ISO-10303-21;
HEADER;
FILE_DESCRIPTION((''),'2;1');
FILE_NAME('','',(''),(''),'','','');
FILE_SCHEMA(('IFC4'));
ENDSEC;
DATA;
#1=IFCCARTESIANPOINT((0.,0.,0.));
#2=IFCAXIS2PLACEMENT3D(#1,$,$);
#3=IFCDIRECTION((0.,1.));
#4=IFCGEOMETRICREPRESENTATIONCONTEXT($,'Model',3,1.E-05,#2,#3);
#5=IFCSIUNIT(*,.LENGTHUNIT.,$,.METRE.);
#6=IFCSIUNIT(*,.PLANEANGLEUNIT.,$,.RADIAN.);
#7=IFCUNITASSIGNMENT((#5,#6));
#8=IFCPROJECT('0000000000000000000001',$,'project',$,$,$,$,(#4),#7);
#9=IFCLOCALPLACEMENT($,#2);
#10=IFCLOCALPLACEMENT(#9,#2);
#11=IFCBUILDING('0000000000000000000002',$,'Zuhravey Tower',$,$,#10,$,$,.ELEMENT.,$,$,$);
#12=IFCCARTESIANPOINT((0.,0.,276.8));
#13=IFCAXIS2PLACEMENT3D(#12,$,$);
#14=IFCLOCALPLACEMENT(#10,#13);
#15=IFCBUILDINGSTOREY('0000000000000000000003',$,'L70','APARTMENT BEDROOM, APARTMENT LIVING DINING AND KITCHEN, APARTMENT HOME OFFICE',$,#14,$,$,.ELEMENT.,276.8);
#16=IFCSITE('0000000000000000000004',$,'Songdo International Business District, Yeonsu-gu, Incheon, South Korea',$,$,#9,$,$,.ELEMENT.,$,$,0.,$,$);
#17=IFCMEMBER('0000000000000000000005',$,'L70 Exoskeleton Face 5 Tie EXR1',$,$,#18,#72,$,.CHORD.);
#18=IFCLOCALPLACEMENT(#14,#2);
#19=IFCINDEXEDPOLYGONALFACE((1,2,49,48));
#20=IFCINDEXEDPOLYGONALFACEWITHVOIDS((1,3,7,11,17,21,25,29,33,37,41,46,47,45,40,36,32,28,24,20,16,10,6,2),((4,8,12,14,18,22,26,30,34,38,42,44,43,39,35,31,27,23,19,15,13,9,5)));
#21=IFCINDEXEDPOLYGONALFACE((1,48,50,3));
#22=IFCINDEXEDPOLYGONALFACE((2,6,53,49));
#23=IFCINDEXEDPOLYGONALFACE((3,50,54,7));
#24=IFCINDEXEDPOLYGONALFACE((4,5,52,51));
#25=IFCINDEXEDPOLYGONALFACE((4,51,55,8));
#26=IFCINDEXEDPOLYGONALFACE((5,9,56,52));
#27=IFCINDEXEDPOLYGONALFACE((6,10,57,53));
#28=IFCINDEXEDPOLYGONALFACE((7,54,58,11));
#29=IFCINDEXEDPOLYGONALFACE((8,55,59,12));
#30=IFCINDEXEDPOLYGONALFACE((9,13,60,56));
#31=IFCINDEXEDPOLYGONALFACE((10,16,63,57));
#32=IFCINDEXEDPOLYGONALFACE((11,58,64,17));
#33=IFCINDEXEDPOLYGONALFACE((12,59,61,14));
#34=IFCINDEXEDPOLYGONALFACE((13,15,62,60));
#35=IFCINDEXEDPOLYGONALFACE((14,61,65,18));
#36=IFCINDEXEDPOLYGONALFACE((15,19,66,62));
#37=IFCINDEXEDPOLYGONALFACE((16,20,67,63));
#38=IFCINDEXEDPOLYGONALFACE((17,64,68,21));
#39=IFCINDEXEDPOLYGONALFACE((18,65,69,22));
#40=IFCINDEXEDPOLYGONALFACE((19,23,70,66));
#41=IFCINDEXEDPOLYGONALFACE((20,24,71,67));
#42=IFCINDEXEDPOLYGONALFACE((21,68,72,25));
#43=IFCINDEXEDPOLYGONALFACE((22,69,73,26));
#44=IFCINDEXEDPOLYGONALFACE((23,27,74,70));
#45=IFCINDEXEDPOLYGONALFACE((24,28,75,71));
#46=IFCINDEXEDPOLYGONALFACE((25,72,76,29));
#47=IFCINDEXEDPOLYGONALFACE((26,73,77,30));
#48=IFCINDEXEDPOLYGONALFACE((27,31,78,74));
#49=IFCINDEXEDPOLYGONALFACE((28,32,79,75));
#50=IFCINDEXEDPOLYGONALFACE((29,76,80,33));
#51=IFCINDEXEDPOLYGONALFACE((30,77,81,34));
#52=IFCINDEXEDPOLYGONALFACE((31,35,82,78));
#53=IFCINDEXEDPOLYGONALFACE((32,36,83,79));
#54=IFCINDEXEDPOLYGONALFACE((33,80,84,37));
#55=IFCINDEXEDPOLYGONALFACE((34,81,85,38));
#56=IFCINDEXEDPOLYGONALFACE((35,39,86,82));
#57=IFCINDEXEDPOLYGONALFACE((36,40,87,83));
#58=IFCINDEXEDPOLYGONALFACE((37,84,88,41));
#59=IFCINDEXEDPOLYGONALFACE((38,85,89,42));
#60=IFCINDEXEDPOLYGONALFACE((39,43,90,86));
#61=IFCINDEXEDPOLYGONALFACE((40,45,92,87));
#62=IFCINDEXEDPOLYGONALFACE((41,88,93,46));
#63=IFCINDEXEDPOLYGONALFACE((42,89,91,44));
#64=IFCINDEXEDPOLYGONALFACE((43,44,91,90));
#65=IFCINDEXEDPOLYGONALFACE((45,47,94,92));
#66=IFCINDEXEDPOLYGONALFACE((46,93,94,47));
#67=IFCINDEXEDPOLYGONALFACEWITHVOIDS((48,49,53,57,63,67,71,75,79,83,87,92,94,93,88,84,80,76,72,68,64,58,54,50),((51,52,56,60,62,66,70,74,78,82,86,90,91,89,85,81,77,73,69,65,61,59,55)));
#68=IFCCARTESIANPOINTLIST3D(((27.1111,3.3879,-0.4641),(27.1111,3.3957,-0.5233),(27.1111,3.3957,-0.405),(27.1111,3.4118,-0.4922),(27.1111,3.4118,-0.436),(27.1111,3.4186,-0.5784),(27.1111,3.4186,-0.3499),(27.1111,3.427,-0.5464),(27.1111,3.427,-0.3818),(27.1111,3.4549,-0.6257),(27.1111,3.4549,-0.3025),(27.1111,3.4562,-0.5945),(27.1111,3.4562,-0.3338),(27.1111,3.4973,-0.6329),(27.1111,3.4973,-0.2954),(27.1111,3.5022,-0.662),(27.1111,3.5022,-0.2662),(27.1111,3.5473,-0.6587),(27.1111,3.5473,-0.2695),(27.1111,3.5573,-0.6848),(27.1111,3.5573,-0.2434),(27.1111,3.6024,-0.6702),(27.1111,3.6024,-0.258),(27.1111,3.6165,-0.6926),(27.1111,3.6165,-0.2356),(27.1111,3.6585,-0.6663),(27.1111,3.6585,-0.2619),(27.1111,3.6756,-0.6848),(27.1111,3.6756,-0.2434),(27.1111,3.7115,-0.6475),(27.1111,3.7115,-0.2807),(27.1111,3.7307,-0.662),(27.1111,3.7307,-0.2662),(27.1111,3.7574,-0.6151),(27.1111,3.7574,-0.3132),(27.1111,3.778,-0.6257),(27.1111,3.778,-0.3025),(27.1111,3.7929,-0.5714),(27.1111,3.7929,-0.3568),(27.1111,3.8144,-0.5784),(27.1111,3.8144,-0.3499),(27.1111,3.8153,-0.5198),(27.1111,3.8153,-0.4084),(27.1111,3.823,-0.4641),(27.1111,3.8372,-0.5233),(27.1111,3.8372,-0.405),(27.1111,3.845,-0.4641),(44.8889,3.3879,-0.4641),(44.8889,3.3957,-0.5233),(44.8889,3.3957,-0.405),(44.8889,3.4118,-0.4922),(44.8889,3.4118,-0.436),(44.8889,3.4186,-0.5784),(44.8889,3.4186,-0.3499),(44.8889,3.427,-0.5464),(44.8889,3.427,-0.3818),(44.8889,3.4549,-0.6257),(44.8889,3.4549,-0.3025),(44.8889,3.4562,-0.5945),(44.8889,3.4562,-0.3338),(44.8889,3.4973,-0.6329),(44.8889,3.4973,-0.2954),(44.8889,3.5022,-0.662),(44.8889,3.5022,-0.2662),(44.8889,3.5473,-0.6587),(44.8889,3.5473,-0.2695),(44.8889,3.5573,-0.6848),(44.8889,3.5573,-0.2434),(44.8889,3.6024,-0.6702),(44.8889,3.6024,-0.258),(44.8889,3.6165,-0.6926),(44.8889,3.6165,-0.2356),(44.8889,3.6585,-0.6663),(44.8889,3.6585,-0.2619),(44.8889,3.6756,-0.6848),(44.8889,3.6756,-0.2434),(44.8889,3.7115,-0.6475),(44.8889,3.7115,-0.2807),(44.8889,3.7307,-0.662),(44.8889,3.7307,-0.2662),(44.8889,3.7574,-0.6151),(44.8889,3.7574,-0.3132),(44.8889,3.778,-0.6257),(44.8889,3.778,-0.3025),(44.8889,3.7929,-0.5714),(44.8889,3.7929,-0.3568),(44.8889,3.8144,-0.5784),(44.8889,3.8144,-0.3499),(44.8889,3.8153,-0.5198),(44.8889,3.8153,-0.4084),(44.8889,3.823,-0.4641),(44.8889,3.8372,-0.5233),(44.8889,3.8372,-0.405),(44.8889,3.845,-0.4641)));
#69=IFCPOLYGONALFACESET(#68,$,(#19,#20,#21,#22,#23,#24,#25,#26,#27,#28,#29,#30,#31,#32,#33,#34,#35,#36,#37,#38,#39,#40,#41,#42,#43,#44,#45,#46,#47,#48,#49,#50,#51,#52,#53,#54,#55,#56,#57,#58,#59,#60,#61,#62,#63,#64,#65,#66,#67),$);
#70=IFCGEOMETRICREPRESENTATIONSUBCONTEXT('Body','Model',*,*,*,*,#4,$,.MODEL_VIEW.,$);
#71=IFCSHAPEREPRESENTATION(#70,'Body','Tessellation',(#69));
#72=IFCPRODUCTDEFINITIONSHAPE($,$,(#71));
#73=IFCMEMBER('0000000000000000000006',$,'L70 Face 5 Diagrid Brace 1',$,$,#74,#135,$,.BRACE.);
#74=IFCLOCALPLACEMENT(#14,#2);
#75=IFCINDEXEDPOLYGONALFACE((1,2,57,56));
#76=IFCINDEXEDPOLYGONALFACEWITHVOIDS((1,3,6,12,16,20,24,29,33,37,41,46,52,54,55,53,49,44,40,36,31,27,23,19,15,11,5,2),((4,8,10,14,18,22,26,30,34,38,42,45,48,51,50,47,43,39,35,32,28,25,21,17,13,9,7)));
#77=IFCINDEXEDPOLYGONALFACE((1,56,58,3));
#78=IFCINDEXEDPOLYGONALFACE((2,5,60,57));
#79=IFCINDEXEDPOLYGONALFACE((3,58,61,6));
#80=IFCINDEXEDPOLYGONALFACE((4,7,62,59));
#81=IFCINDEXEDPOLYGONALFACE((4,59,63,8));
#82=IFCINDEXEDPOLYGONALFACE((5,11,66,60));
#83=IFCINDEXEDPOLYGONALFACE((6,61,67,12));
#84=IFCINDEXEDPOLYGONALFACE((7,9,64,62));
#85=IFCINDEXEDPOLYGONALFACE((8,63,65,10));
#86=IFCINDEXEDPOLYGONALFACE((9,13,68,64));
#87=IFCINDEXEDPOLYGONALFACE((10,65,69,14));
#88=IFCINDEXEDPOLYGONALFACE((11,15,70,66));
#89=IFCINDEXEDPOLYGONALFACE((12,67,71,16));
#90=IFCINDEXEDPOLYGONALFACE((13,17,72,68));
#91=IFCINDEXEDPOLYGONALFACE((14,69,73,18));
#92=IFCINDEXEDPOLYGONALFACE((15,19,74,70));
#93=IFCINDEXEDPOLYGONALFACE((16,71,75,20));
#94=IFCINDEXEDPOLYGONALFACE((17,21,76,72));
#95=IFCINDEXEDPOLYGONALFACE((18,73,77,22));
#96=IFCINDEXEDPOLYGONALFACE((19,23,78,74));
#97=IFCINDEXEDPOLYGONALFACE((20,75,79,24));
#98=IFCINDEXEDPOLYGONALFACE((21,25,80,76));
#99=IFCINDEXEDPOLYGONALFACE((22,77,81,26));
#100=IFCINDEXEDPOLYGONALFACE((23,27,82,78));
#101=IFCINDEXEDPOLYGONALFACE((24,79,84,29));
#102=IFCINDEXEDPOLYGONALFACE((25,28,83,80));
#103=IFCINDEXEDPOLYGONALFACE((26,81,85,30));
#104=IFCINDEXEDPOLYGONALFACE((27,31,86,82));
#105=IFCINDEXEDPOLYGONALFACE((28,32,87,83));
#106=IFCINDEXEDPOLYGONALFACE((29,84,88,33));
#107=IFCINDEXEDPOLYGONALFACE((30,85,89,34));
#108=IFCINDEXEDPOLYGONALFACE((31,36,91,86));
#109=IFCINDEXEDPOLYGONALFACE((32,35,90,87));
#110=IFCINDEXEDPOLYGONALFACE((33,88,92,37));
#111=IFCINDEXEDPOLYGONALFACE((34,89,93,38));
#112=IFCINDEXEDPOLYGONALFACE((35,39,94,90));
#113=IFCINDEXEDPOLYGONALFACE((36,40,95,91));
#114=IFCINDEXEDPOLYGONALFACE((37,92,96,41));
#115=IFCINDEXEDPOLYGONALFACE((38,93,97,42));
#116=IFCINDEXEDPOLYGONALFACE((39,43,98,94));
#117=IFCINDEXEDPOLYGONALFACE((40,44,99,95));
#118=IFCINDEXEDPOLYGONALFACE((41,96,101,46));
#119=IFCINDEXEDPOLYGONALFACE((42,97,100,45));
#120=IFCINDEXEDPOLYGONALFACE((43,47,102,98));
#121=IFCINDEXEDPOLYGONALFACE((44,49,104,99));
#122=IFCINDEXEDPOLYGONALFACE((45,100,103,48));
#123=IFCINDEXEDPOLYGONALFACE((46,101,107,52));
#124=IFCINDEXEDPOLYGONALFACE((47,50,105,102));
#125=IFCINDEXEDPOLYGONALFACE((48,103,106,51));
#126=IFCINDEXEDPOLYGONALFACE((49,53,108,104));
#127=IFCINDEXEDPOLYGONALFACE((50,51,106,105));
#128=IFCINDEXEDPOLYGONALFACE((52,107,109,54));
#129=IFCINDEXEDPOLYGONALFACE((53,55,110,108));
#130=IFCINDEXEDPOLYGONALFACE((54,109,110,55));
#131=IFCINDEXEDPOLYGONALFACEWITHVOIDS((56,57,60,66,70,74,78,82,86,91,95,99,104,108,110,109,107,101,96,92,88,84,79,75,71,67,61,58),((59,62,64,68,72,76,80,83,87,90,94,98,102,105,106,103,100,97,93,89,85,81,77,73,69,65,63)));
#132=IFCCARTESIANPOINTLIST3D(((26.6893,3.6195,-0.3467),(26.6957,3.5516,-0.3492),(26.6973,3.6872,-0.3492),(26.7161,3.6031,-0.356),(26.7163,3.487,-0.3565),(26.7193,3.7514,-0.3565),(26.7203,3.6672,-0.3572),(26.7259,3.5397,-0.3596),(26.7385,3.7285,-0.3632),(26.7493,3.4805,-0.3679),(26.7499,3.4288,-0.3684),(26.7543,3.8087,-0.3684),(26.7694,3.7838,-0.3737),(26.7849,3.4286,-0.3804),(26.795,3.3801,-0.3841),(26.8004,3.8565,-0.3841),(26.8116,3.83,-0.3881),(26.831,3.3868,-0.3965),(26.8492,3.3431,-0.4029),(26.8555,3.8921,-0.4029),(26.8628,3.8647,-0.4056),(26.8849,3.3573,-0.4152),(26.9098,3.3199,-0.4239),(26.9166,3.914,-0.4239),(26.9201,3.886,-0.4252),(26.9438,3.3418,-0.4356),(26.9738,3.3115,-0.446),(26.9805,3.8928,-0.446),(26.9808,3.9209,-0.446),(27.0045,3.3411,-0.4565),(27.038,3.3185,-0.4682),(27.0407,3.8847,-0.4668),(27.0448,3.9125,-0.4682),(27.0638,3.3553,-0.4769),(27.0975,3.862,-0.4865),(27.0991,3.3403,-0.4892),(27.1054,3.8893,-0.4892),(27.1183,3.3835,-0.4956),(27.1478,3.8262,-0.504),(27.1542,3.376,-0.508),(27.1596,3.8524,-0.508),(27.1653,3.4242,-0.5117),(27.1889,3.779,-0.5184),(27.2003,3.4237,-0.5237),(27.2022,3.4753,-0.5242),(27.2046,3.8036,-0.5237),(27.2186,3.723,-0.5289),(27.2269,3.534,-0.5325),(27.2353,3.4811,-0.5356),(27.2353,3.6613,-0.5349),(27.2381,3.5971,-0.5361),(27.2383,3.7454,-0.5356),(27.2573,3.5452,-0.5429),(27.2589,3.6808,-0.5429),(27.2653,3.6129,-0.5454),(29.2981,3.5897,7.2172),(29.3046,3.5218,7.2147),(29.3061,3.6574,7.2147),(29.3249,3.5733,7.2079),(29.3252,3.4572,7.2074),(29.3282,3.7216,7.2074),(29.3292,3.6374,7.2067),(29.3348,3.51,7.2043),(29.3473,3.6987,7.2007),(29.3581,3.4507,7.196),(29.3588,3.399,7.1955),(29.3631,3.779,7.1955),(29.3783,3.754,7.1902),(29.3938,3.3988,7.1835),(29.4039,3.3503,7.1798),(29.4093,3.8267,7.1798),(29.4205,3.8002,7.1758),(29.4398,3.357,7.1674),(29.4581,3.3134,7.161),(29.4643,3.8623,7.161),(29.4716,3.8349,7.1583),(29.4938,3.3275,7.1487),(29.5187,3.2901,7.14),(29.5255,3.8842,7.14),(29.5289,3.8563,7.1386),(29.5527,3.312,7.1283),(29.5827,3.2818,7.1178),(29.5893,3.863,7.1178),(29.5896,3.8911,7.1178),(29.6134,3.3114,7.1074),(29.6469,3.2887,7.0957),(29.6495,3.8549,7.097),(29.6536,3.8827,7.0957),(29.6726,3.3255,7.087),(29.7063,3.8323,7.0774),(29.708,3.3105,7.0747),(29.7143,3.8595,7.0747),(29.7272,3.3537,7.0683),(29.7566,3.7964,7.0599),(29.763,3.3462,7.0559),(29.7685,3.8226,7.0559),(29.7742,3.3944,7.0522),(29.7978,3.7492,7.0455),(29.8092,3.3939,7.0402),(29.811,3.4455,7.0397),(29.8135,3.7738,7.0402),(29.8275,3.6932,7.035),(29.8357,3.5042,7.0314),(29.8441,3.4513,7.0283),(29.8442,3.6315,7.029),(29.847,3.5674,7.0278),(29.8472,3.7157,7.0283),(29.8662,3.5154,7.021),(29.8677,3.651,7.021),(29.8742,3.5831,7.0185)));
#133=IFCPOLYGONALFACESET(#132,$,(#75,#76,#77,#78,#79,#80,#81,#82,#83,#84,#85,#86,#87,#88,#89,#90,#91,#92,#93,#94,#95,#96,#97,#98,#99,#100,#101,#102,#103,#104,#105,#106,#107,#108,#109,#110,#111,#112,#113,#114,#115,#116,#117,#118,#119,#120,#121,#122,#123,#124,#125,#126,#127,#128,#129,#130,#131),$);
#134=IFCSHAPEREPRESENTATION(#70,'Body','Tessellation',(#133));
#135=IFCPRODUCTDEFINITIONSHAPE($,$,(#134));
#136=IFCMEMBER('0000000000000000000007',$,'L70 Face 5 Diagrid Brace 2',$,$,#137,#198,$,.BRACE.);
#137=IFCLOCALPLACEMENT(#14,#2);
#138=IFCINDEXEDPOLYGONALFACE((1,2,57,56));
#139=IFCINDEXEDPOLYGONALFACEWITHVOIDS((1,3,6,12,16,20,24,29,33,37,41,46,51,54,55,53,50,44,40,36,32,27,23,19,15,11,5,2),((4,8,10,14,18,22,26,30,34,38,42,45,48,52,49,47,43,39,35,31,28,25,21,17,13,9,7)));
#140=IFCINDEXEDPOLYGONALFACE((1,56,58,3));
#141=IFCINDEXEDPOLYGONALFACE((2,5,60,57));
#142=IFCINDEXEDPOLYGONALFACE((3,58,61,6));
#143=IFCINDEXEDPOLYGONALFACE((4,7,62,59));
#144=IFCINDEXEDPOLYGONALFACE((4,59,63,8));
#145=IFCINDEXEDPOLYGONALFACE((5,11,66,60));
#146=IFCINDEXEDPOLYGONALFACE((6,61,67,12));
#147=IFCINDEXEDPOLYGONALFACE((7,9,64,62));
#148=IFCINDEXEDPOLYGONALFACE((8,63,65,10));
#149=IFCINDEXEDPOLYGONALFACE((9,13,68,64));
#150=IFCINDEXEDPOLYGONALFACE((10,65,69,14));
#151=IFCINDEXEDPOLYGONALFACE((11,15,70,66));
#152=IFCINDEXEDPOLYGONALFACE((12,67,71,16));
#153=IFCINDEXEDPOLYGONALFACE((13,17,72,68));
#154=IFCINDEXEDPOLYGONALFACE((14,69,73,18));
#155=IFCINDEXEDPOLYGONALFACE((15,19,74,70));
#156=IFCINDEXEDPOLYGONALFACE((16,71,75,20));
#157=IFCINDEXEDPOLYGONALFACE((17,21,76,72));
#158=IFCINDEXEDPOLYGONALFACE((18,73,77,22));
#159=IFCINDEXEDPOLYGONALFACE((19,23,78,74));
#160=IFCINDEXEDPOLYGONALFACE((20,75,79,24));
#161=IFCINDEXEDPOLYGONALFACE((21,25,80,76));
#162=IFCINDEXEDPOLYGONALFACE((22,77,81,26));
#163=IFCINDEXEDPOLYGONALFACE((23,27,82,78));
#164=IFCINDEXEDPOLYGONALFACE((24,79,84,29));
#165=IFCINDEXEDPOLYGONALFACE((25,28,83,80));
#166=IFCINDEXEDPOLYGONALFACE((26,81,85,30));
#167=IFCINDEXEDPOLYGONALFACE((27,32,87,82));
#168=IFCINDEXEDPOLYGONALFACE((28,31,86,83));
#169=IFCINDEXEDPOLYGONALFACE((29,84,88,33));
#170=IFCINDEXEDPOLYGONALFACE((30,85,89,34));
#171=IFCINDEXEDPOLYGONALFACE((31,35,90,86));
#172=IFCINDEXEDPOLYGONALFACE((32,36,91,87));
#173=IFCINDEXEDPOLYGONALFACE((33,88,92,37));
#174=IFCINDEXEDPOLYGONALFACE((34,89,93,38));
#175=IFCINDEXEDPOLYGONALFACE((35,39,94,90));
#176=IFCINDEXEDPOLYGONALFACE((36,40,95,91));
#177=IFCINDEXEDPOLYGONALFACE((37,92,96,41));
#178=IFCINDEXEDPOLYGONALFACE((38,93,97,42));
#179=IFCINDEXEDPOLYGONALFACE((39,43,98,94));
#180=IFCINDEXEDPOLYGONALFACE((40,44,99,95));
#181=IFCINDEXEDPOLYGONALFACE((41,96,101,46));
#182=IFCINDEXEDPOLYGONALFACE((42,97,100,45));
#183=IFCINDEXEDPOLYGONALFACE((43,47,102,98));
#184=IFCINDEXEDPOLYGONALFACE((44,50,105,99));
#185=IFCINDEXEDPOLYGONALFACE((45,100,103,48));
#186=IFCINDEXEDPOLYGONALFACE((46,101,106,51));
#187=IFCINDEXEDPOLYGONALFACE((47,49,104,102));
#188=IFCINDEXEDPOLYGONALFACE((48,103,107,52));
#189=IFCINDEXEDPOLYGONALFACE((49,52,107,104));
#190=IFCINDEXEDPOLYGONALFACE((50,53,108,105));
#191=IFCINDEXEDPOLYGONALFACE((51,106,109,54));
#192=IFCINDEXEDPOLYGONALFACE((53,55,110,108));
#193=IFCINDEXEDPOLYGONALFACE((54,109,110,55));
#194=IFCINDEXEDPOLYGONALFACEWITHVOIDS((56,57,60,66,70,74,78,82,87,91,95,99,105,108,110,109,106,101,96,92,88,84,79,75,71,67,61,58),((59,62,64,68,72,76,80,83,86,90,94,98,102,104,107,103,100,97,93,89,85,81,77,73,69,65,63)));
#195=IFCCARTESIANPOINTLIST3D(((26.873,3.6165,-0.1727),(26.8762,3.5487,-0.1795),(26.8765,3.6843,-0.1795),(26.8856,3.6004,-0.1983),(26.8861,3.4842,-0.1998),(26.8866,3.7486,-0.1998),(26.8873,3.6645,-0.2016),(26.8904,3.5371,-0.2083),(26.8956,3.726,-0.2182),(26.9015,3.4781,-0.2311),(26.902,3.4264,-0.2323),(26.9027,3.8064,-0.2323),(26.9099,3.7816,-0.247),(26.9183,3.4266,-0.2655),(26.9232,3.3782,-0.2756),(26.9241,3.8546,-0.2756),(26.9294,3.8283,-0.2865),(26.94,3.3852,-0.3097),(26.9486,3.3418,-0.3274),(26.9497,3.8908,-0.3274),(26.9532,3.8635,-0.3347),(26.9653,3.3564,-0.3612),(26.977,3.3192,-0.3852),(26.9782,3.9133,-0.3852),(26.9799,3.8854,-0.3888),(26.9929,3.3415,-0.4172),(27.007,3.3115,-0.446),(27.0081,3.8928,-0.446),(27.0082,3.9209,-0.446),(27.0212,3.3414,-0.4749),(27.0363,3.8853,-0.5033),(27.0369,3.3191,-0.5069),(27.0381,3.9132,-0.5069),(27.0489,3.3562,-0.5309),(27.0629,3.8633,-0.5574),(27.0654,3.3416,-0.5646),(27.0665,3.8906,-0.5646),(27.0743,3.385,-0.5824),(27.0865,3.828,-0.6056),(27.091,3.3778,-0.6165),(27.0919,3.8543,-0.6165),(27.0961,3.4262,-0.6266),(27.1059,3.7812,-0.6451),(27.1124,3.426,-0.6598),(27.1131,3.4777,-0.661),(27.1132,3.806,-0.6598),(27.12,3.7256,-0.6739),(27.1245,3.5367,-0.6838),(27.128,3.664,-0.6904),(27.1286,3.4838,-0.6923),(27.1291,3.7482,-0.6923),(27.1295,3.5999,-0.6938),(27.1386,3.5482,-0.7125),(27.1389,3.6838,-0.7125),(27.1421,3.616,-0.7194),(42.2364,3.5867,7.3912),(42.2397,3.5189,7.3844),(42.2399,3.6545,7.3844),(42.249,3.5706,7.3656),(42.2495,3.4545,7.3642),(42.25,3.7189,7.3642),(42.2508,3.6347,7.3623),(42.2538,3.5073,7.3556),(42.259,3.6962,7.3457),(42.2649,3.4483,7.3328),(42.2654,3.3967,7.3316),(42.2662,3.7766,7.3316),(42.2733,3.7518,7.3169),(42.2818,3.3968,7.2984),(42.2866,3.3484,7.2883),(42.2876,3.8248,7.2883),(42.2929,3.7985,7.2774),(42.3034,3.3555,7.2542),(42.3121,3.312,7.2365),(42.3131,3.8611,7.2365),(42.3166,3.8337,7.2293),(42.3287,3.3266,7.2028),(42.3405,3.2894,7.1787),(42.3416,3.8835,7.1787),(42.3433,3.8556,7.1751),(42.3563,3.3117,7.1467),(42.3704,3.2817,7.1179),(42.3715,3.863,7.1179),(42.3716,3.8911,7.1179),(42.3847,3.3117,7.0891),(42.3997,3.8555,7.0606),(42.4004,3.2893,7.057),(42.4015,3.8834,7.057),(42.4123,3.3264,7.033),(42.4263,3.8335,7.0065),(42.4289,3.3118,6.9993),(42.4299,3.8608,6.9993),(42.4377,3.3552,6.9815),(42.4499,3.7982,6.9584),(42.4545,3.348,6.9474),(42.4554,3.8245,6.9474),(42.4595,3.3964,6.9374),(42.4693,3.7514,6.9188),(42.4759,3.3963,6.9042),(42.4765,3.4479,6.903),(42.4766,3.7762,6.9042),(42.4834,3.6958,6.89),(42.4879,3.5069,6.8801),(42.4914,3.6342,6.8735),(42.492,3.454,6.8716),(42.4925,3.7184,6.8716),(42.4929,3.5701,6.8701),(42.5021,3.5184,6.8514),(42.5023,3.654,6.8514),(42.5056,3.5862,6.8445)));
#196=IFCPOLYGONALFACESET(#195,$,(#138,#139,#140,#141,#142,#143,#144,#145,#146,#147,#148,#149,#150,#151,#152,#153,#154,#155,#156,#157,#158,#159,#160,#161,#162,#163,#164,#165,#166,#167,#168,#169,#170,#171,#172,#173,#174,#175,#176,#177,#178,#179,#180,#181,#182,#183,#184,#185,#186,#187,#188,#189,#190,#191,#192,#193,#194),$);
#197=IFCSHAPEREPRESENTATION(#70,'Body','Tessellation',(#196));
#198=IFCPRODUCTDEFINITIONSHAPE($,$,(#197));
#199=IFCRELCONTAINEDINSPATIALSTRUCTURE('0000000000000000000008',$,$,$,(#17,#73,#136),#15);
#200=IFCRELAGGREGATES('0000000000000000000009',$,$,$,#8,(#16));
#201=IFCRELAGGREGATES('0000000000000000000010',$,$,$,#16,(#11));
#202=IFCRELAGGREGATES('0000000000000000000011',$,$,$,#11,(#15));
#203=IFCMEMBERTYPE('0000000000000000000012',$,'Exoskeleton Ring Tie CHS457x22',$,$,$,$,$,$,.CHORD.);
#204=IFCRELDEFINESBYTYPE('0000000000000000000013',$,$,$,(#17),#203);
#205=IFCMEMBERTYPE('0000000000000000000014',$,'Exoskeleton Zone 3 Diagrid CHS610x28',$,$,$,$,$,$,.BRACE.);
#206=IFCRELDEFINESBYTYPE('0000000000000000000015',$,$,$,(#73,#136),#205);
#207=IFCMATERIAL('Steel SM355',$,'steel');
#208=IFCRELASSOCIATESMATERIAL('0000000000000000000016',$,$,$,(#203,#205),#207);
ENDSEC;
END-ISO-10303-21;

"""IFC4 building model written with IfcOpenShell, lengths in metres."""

from ifc_helpers import new_model, si_unit, direction, frame, origin, origin_2d, place, context, subcontext, project, spatial, hollow_circle, extrude, material, material_profile, profile_set, type_object, element, save


model = new_model("IFC4")

# Units and contexts
model_context = context("Model", 3, precision=1e-05, world=origin(), true_north=direction((0.0, 1.0)))
body_context = subcontext(model_context, "Body", "Model", "MODEL_VIEW")
ifc_project = project(units=[si_unit("LENGTHUNIT", "METRE"), si_unit("PLANEANGLEUNIT", "RADIAN")], contexts=[model_context])

# Site, building, storey
site_placement = place(None, origin())
site = spatial("IfcSite", under=ifc_project, at=site_placement, Name="Songdo International Business District, Yeonsu-gu, Incheon, South Korea", CompositionType="ELEMENT", RefElevation=0.0)
building_placement = place(site_placement, origin())
building = spatial("IfcBuilding", under=site, at=building_placement, Name="Zuhravey Tower", CompositionType="ELEMENT")
storey_placement = place(building_placement, frame((0.0, 0.0, 276.8)))
storey = spatial("IfcBuildingStorey", under=building, at=storey_placement, Name="L70", Description="APARTMENT BEDROOM, APARTMENT LIVING DINING AND KITCHEN, APARTMENT HOME OFFICE", CompositionType="ELEMENT", Elevation=276.8)

# Members
ifc_material_1 = material(Name="Steel SM355", Category="steel")
ifc_material_profile_1 = material_profile(ifc_material_1, hollow_circle(Radius=0.2285, WallThickness=0.022, at=origin_2d()), Name="CHS-457.2x22")
ifc_profile_set_1 = profile_set([ifc_material_profile_1], Name="Steel SM355")
member_type_1 = type_object("IfcMemberType", Name="Exoskeleton Ring Tie CHS457x22", PredefinedType="CHORD", material=ifc_profile_set_1)
member_1_placement = place(storey_placement, frame((27.1111, 3.6165, -0.4641), z_axis=(1.0, 0.0, 0.0), x_axis=(0.0, 1.0, 0.0)))
element("IfcMember", 1, at=member_1_placement, inside=storey, type_object=member_type_1, Name="L70 Exoskeleton Face 5 Tie EXR1", PredefinedType="CHORD", context=body_context, shape_type="SweptSolid", body=[
    extrude(hollow_circle(Radius=0.2285, WallThickness=0.022, at=origin_2d()), origin(), (0.0, 0.0, 1.0), 17.7778),
])
ifc_material_profile_2 = material_profile(ifc_material_1, hollow_circle(Radius=0.3047, WallThickness=0.0281, at=origin_2d()), Name="CHS-609.6x28")
ifc_profile_set_2 = profile_set([ifc_material_profile_2], Name="Steel SM355")
member_type_2 = type_object("IfcMemberType", Name="Exoskeleton Zone 3 Diagrid CHS610x28", PredefinedType="BRACE", material=ifc_profile_set_2)
member_2_placement = place(storey_placement, frame((26.9773, 3.6162, -0.446), z_axis=(0.326058, -0.003723, 0.945342), x_axis=(0.011416, 0.999935, 0.0)))
element("IfcMember", 2, at=member_2_placement, inside=storey, type_object=member_type_2, Name="L70 Face 5 Diagrid Brace 1", PredefinedType="BRACE", context=body_context, shape_type="SweptSolid", body=[
    extrude(hollow_circle(Radius=0.3047, WallThickness=0.0281, at=origin_2d()), origin(), (0.0, 0.0, 1.0), 8.0012),
])
member_3_placement = place(storey_placement, frame((27.0076, 3.6162, -0.446), z_axis=(0.89716, -0.001739, 0.441701), x_axis=(0.001939, 0.999998, 0.0)))
element("IfcMember", 3, at=member_3_placement, inside=storey, type_object=member_type_2, Name="L70 Face 5 Diagrid Brace 2", PredefinedType="BRACE", context=body_context, shape_type="SweptSolid", body=[
    extrude(hollow_circle(Radius=0.3047, WallThickness=0.0281, at=origin_2d()), origin(), (0.0, 0.0, 1.0), 17.1245),
])

save(model, "model.ifc")
